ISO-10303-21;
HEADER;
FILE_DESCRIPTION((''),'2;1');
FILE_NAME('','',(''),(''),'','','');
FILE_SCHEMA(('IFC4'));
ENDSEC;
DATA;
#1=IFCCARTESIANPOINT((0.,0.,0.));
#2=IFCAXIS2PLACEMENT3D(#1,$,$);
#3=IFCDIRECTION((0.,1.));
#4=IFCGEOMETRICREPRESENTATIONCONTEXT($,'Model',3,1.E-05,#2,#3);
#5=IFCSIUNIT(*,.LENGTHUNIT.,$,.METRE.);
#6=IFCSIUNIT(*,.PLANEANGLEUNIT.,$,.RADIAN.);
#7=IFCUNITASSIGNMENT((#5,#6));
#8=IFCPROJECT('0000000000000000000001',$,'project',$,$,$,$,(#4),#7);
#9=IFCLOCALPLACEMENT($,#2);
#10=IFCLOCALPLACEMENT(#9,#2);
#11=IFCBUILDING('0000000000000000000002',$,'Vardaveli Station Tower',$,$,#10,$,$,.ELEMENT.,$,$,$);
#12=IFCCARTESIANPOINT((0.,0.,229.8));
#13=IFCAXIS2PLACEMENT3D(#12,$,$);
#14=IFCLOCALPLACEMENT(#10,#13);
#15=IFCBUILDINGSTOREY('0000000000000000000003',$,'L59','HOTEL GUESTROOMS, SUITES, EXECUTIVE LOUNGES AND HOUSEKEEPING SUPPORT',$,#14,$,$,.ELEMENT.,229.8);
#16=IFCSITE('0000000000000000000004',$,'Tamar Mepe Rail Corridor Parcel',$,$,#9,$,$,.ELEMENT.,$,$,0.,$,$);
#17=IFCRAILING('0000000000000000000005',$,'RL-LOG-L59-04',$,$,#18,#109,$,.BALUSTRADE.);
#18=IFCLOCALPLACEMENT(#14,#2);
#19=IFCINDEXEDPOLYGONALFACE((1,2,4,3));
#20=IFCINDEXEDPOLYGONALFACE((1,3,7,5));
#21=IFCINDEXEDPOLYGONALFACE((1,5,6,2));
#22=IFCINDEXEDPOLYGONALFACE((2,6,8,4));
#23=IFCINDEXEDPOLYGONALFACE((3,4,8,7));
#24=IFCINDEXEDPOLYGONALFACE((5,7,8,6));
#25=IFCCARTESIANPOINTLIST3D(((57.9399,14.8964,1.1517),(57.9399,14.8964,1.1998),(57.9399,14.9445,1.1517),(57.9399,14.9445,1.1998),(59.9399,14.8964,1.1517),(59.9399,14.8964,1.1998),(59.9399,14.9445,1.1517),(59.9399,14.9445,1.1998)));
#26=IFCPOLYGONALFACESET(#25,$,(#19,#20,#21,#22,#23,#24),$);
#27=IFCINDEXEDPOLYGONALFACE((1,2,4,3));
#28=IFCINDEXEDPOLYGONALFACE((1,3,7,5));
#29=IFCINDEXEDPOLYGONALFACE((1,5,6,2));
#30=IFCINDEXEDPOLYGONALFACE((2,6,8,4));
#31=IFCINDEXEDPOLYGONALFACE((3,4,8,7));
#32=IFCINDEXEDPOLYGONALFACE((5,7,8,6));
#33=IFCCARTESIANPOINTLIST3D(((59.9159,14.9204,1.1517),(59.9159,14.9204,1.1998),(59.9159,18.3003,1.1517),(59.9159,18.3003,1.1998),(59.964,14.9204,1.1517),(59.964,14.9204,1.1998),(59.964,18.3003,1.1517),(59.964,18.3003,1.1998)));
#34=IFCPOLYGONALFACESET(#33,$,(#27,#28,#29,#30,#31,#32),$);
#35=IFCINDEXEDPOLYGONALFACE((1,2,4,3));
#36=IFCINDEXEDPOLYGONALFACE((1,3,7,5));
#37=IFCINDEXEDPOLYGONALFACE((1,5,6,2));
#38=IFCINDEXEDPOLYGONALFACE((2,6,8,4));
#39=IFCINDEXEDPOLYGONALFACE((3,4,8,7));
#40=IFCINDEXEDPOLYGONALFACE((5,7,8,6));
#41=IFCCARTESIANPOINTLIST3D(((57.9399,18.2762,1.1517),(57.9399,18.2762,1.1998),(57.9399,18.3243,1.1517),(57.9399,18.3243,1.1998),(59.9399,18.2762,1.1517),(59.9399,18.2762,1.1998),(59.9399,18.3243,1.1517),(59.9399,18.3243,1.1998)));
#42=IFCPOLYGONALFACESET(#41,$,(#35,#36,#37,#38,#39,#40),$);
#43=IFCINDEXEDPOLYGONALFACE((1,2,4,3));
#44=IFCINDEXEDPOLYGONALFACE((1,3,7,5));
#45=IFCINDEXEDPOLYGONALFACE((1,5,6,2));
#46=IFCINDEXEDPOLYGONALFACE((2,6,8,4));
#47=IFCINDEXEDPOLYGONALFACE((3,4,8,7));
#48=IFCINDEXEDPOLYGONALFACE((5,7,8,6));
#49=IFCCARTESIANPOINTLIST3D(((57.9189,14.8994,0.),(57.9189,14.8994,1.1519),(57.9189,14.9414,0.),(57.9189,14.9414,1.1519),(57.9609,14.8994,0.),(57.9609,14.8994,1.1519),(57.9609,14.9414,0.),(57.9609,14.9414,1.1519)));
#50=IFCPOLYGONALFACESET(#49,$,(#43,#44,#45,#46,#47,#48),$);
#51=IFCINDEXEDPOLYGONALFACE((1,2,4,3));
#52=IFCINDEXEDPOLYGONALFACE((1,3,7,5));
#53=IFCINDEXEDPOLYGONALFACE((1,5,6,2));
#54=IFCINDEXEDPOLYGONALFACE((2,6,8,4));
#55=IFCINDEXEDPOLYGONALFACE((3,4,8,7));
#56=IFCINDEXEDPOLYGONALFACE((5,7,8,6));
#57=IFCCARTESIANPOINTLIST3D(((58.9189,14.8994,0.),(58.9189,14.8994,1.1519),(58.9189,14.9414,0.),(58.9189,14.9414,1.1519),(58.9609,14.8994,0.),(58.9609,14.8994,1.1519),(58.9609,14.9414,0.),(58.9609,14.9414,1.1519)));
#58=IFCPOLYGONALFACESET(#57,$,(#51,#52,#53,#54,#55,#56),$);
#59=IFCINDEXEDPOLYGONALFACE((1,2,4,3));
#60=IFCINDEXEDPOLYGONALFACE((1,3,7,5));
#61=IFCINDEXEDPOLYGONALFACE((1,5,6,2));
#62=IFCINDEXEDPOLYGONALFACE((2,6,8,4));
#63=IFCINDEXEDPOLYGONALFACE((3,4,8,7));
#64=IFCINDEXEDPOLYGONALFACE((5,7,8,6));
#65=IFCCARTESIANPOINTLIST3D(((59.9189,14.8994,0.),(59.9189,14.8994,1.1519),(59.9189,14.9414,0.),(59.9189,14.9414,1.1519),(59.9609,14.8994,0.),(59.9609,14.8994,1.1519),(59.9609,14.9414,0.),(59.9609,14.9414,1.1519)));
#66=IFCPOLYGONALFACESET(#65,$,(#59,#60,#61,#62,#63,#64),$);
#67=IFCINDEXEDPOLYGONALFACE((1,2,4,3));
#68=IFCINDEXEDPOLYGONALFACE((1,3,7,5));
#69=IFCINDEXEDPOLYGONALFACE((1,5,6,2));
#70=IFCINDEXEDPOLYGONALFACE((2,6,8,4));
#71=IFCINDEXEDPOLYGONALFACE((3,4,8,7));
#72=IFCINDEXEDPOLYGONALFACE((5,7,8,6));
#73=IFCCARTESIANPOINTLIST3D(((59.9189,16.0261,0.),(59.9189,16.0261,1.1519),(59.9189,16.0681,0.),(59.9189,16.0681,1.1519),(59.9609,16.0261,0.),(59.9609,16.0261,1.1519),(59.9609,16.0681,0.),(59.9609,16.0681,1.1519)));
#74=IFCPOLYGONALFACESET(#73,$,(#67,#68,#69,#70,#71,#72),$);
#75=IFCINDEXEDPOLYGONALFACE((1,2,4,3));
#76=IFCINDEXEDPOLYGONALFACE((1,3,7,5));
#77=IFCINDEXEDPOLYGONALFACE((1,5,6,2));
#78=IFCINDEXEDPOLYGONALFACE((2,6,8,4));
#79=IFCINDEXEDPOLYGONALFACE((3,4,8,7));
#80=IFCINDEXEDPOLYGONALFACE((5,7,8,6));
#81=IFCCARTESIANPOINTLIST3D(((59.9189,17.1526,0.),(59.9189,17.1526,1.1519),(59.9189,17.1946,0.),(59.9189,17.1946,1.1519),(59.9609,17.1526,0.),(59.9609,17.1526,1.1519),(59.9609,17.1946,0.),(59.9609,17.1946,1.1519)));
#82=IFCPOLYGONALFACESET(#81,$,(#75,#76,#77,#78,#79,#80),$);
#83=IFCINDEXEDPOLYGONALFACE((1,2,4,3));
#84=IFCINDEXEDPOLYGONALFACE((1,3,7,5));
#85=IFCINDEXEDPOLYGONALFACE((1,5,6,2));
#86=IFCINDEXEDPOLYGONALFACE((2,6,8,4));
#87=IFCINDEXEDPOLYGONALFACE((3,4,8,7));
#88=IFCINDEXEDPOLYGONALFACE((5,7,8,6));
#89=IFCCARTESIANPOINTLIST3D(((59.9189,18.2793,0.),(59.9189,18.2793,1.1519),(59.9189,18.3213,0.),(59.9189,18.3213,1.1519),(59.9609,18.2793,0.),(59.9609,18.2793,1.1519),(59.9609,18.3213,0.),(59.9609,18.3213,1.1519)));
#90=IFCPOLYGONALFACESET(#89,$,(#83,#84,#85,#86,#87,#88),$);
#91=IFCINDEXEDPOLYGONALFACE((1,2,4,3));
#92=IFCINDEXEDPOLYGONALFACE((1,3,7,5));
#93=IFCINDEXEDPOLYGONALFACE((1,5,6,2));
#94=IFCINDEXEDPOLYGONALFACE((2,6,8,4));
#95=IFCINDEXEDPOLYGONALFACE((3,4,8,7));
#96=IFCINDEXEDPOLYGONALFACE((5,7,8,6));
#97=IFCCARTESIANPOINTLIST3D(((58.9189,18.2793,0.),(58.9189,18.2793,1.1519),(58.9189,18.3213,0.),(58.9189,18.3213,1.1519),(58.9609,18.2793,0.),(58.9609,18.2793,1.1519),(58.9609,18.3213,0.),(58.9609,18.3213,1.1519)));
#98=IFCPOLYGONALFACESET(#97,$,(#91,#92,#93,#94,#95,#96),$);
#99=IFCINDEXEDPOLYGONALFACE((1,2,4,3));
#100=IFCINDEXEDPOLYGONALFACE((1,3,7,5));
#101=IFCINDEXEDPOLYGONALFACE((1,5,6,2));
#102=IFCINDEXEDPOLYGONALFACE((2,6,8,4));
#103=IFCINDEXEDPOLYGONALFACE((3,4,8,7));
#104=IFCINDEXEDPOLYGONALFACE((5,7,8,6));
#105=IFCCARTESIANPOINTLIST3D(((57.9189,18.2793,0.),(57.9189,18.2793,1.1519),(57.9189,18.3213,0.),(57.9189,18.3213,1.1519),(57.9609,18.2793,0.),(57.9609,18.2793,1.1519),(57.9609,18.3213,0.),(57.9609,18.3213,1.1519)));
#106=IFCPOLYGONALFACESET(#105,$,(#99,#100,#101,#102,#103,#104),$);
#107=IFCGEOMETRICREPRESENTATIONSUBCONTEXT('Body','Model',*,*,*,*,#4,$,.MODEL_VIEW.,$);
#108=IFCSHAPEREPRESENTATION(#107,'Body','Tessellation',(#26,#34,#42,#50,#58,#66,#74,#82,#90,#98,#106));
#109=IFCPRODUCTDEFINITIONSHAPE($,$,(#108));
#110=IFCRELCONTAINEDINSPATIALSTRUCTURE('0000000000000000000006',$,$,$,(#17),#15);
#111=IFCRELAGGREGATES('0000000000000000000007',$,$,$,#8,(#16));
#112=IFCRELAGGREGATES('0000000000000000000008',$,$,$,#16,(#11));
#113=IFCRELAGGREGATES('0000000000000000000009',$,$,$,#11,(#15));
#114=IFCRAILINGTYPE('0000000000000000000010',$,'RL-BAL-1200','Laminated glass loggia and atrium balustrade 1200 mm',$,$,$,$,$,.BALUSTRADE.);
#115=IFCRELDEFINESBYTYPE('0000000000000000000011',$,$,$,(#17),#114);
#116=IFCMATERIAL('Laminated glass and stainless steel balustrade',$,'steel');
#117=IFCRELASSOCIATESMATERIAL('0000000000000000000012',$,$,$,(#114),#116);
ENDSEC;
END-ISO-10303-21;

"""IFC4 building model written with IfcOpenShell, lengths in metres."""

from ifc_helpers import new_model, si_unit, direction, frame, origin, origin_2d, place, context, subcontext, project, spatial, rectangle, extrude, source, transform, mapped, material, type_object, element, save


model = new_model("IFC4")

# Units and contexts
model_context = context("Model", 3, precision=1e-05, world=origin(), true_north=direction((0.0, 1.0)))
body_context = subcontext(model_context, "Body", "Model", "MODEL_VIEW")
ifc_project = project(units=[si_unit("LENGTHUNIT", "METRE"), si_unit("PLANEANGLEUNIT", "RADIAN")], contexts=[model_context])

# Site, building, storey
site_placement = place(None, origin())
site = spatial("IfcSite", under=ifc_project, at=site_placement, Name="Tamar Mepe Rail Corridor Parcel", CompositionType="ELEMENT", RefElevation=0.0)
building_placement = place(site_placement, origin())
building = spatial("IfcBuilding", under=site, at=building_placement, Name="Vardaveli Station Tower", CompositionType="ELEMENT")
storey_placement = place(building_placement, frame((0.0, 0.0, 229.8)))
storey = spatial("IfcBuildingStorey", under=building, at=storey_placement, Name="L59", Description="HOTEL GUESTROOMS, SUITES, EXECUTIVE LOUNGES AND HOUSEKEEPING SUPPORT", CompositionType="ELEMENT", Elevation=229.8)

# Railing
ifc_material_1 = material(Name="Laminated glass and stainless steel balustrade", Category="steel")
railing_type = type_object("IfcRailingType", Name="RL-BAL-1200", Description="Laminated glass loggia and atrium balustrade 1200 mm", PredefinedType="BALUSTRADE", material=ifc_material_1)
shared_shape_1 = source(origin(), body_context, "Body", "SweptSolid", [
    extrude(rectangle(XDim=0.0481, YDim=0.0481, at=origin_2d()), frame((0.0, 0.0, 1.1758), z_axis=(1.0, 0.0, 0.0), x_axis=(0.0, 1.0, 0.0)), (0.0, 0.0, 1.0), 2.0),
    extrude(rectangle(XDim=0.0481, YDim=0.0481, at=origin_2d()), frame((2.0, 0.0, 1.1758), z_axis=(0.0, 1.0, 0.0), x_axis=(-1.0, 0.0, 0.0)), (0.0, 0.0, 1.0), 3.3799),
    extrude(rectangle(XDim=0.0481, YDim=0.0481, at=origin_2d()), frame((2.0, 3.3799, 1.1758), z_axis=(-1.0, 0.0, 0.0), x_axis=(0.0, -1.0, 0.0)), (0.0, 0.0, 1.0), 2.0),
    extrude(rectangle(XDim=0.042, YDim=0.042, at=origin_2d()), origin(), (0.0, 0.0, 1.0), 1.1519),
    extrude(rectangle(XDim=0.042, YDim=0.042, at=origin_2d()), frame((1.0, 0.0, 0.0)), (0.0, 0.0, 1.0), 1.1519),
    extrude(rectangle(XDim=0.042, YDim=0.042, at=origin_2d()), frame((2.0, 0.0, 0.0)), (0.0, 0.0, 1.0), 1.1519),
    extrude(rectangle(XDim=0.042, YDim=0.042, at=origin_2d()), frame((2.0, 1.1267, 0.0)), (0.0, 0.0, 1.0), 1.1519),
    extrude(rectangle(XDim=0.042, YDim=0.042, at=origin_2d()), frame((2.0, 2.2532, 0.0)), (0.0, 0.0, 1.0), 1.1519),
    extrude(rectangle(XDim=0.042, YDim=0.042, at=origin_2d()), frame((2.0, 3.3799, 0.0)), (0.0, 0.0, 1.0), 1.1519),
    extrude(rectangle(XDim=0.042, YDim=0.042, at=origin_2d()), frame((1.0, 3.3799, 0.0)), (0.0, 0.0, 1.0), 1.1519),
    extrude(rectangle(XDim=0.042, YDim=0.042, at=origin_2d()), frame((0.0, 3.3799, 0.0)), (0.0, 0.0, 1.0), 1.1519),
])
railing_placement = place(storey_placement, frame((57.9399, 14.9204, 0.0)))
element("IfcRailing", 1, at=railing_placement, inside=storey, type_object=railing_type, Name="RL-LOG-L59-04", PredefinedType="BALUSTRADE", context=body_context, shape_type="MappedRepresentation", body=[
    mapped(shared_shape_1, transform((0.0, 0.0, 0.0), scale=1.0)),
])

save(model, "model.ifc")
